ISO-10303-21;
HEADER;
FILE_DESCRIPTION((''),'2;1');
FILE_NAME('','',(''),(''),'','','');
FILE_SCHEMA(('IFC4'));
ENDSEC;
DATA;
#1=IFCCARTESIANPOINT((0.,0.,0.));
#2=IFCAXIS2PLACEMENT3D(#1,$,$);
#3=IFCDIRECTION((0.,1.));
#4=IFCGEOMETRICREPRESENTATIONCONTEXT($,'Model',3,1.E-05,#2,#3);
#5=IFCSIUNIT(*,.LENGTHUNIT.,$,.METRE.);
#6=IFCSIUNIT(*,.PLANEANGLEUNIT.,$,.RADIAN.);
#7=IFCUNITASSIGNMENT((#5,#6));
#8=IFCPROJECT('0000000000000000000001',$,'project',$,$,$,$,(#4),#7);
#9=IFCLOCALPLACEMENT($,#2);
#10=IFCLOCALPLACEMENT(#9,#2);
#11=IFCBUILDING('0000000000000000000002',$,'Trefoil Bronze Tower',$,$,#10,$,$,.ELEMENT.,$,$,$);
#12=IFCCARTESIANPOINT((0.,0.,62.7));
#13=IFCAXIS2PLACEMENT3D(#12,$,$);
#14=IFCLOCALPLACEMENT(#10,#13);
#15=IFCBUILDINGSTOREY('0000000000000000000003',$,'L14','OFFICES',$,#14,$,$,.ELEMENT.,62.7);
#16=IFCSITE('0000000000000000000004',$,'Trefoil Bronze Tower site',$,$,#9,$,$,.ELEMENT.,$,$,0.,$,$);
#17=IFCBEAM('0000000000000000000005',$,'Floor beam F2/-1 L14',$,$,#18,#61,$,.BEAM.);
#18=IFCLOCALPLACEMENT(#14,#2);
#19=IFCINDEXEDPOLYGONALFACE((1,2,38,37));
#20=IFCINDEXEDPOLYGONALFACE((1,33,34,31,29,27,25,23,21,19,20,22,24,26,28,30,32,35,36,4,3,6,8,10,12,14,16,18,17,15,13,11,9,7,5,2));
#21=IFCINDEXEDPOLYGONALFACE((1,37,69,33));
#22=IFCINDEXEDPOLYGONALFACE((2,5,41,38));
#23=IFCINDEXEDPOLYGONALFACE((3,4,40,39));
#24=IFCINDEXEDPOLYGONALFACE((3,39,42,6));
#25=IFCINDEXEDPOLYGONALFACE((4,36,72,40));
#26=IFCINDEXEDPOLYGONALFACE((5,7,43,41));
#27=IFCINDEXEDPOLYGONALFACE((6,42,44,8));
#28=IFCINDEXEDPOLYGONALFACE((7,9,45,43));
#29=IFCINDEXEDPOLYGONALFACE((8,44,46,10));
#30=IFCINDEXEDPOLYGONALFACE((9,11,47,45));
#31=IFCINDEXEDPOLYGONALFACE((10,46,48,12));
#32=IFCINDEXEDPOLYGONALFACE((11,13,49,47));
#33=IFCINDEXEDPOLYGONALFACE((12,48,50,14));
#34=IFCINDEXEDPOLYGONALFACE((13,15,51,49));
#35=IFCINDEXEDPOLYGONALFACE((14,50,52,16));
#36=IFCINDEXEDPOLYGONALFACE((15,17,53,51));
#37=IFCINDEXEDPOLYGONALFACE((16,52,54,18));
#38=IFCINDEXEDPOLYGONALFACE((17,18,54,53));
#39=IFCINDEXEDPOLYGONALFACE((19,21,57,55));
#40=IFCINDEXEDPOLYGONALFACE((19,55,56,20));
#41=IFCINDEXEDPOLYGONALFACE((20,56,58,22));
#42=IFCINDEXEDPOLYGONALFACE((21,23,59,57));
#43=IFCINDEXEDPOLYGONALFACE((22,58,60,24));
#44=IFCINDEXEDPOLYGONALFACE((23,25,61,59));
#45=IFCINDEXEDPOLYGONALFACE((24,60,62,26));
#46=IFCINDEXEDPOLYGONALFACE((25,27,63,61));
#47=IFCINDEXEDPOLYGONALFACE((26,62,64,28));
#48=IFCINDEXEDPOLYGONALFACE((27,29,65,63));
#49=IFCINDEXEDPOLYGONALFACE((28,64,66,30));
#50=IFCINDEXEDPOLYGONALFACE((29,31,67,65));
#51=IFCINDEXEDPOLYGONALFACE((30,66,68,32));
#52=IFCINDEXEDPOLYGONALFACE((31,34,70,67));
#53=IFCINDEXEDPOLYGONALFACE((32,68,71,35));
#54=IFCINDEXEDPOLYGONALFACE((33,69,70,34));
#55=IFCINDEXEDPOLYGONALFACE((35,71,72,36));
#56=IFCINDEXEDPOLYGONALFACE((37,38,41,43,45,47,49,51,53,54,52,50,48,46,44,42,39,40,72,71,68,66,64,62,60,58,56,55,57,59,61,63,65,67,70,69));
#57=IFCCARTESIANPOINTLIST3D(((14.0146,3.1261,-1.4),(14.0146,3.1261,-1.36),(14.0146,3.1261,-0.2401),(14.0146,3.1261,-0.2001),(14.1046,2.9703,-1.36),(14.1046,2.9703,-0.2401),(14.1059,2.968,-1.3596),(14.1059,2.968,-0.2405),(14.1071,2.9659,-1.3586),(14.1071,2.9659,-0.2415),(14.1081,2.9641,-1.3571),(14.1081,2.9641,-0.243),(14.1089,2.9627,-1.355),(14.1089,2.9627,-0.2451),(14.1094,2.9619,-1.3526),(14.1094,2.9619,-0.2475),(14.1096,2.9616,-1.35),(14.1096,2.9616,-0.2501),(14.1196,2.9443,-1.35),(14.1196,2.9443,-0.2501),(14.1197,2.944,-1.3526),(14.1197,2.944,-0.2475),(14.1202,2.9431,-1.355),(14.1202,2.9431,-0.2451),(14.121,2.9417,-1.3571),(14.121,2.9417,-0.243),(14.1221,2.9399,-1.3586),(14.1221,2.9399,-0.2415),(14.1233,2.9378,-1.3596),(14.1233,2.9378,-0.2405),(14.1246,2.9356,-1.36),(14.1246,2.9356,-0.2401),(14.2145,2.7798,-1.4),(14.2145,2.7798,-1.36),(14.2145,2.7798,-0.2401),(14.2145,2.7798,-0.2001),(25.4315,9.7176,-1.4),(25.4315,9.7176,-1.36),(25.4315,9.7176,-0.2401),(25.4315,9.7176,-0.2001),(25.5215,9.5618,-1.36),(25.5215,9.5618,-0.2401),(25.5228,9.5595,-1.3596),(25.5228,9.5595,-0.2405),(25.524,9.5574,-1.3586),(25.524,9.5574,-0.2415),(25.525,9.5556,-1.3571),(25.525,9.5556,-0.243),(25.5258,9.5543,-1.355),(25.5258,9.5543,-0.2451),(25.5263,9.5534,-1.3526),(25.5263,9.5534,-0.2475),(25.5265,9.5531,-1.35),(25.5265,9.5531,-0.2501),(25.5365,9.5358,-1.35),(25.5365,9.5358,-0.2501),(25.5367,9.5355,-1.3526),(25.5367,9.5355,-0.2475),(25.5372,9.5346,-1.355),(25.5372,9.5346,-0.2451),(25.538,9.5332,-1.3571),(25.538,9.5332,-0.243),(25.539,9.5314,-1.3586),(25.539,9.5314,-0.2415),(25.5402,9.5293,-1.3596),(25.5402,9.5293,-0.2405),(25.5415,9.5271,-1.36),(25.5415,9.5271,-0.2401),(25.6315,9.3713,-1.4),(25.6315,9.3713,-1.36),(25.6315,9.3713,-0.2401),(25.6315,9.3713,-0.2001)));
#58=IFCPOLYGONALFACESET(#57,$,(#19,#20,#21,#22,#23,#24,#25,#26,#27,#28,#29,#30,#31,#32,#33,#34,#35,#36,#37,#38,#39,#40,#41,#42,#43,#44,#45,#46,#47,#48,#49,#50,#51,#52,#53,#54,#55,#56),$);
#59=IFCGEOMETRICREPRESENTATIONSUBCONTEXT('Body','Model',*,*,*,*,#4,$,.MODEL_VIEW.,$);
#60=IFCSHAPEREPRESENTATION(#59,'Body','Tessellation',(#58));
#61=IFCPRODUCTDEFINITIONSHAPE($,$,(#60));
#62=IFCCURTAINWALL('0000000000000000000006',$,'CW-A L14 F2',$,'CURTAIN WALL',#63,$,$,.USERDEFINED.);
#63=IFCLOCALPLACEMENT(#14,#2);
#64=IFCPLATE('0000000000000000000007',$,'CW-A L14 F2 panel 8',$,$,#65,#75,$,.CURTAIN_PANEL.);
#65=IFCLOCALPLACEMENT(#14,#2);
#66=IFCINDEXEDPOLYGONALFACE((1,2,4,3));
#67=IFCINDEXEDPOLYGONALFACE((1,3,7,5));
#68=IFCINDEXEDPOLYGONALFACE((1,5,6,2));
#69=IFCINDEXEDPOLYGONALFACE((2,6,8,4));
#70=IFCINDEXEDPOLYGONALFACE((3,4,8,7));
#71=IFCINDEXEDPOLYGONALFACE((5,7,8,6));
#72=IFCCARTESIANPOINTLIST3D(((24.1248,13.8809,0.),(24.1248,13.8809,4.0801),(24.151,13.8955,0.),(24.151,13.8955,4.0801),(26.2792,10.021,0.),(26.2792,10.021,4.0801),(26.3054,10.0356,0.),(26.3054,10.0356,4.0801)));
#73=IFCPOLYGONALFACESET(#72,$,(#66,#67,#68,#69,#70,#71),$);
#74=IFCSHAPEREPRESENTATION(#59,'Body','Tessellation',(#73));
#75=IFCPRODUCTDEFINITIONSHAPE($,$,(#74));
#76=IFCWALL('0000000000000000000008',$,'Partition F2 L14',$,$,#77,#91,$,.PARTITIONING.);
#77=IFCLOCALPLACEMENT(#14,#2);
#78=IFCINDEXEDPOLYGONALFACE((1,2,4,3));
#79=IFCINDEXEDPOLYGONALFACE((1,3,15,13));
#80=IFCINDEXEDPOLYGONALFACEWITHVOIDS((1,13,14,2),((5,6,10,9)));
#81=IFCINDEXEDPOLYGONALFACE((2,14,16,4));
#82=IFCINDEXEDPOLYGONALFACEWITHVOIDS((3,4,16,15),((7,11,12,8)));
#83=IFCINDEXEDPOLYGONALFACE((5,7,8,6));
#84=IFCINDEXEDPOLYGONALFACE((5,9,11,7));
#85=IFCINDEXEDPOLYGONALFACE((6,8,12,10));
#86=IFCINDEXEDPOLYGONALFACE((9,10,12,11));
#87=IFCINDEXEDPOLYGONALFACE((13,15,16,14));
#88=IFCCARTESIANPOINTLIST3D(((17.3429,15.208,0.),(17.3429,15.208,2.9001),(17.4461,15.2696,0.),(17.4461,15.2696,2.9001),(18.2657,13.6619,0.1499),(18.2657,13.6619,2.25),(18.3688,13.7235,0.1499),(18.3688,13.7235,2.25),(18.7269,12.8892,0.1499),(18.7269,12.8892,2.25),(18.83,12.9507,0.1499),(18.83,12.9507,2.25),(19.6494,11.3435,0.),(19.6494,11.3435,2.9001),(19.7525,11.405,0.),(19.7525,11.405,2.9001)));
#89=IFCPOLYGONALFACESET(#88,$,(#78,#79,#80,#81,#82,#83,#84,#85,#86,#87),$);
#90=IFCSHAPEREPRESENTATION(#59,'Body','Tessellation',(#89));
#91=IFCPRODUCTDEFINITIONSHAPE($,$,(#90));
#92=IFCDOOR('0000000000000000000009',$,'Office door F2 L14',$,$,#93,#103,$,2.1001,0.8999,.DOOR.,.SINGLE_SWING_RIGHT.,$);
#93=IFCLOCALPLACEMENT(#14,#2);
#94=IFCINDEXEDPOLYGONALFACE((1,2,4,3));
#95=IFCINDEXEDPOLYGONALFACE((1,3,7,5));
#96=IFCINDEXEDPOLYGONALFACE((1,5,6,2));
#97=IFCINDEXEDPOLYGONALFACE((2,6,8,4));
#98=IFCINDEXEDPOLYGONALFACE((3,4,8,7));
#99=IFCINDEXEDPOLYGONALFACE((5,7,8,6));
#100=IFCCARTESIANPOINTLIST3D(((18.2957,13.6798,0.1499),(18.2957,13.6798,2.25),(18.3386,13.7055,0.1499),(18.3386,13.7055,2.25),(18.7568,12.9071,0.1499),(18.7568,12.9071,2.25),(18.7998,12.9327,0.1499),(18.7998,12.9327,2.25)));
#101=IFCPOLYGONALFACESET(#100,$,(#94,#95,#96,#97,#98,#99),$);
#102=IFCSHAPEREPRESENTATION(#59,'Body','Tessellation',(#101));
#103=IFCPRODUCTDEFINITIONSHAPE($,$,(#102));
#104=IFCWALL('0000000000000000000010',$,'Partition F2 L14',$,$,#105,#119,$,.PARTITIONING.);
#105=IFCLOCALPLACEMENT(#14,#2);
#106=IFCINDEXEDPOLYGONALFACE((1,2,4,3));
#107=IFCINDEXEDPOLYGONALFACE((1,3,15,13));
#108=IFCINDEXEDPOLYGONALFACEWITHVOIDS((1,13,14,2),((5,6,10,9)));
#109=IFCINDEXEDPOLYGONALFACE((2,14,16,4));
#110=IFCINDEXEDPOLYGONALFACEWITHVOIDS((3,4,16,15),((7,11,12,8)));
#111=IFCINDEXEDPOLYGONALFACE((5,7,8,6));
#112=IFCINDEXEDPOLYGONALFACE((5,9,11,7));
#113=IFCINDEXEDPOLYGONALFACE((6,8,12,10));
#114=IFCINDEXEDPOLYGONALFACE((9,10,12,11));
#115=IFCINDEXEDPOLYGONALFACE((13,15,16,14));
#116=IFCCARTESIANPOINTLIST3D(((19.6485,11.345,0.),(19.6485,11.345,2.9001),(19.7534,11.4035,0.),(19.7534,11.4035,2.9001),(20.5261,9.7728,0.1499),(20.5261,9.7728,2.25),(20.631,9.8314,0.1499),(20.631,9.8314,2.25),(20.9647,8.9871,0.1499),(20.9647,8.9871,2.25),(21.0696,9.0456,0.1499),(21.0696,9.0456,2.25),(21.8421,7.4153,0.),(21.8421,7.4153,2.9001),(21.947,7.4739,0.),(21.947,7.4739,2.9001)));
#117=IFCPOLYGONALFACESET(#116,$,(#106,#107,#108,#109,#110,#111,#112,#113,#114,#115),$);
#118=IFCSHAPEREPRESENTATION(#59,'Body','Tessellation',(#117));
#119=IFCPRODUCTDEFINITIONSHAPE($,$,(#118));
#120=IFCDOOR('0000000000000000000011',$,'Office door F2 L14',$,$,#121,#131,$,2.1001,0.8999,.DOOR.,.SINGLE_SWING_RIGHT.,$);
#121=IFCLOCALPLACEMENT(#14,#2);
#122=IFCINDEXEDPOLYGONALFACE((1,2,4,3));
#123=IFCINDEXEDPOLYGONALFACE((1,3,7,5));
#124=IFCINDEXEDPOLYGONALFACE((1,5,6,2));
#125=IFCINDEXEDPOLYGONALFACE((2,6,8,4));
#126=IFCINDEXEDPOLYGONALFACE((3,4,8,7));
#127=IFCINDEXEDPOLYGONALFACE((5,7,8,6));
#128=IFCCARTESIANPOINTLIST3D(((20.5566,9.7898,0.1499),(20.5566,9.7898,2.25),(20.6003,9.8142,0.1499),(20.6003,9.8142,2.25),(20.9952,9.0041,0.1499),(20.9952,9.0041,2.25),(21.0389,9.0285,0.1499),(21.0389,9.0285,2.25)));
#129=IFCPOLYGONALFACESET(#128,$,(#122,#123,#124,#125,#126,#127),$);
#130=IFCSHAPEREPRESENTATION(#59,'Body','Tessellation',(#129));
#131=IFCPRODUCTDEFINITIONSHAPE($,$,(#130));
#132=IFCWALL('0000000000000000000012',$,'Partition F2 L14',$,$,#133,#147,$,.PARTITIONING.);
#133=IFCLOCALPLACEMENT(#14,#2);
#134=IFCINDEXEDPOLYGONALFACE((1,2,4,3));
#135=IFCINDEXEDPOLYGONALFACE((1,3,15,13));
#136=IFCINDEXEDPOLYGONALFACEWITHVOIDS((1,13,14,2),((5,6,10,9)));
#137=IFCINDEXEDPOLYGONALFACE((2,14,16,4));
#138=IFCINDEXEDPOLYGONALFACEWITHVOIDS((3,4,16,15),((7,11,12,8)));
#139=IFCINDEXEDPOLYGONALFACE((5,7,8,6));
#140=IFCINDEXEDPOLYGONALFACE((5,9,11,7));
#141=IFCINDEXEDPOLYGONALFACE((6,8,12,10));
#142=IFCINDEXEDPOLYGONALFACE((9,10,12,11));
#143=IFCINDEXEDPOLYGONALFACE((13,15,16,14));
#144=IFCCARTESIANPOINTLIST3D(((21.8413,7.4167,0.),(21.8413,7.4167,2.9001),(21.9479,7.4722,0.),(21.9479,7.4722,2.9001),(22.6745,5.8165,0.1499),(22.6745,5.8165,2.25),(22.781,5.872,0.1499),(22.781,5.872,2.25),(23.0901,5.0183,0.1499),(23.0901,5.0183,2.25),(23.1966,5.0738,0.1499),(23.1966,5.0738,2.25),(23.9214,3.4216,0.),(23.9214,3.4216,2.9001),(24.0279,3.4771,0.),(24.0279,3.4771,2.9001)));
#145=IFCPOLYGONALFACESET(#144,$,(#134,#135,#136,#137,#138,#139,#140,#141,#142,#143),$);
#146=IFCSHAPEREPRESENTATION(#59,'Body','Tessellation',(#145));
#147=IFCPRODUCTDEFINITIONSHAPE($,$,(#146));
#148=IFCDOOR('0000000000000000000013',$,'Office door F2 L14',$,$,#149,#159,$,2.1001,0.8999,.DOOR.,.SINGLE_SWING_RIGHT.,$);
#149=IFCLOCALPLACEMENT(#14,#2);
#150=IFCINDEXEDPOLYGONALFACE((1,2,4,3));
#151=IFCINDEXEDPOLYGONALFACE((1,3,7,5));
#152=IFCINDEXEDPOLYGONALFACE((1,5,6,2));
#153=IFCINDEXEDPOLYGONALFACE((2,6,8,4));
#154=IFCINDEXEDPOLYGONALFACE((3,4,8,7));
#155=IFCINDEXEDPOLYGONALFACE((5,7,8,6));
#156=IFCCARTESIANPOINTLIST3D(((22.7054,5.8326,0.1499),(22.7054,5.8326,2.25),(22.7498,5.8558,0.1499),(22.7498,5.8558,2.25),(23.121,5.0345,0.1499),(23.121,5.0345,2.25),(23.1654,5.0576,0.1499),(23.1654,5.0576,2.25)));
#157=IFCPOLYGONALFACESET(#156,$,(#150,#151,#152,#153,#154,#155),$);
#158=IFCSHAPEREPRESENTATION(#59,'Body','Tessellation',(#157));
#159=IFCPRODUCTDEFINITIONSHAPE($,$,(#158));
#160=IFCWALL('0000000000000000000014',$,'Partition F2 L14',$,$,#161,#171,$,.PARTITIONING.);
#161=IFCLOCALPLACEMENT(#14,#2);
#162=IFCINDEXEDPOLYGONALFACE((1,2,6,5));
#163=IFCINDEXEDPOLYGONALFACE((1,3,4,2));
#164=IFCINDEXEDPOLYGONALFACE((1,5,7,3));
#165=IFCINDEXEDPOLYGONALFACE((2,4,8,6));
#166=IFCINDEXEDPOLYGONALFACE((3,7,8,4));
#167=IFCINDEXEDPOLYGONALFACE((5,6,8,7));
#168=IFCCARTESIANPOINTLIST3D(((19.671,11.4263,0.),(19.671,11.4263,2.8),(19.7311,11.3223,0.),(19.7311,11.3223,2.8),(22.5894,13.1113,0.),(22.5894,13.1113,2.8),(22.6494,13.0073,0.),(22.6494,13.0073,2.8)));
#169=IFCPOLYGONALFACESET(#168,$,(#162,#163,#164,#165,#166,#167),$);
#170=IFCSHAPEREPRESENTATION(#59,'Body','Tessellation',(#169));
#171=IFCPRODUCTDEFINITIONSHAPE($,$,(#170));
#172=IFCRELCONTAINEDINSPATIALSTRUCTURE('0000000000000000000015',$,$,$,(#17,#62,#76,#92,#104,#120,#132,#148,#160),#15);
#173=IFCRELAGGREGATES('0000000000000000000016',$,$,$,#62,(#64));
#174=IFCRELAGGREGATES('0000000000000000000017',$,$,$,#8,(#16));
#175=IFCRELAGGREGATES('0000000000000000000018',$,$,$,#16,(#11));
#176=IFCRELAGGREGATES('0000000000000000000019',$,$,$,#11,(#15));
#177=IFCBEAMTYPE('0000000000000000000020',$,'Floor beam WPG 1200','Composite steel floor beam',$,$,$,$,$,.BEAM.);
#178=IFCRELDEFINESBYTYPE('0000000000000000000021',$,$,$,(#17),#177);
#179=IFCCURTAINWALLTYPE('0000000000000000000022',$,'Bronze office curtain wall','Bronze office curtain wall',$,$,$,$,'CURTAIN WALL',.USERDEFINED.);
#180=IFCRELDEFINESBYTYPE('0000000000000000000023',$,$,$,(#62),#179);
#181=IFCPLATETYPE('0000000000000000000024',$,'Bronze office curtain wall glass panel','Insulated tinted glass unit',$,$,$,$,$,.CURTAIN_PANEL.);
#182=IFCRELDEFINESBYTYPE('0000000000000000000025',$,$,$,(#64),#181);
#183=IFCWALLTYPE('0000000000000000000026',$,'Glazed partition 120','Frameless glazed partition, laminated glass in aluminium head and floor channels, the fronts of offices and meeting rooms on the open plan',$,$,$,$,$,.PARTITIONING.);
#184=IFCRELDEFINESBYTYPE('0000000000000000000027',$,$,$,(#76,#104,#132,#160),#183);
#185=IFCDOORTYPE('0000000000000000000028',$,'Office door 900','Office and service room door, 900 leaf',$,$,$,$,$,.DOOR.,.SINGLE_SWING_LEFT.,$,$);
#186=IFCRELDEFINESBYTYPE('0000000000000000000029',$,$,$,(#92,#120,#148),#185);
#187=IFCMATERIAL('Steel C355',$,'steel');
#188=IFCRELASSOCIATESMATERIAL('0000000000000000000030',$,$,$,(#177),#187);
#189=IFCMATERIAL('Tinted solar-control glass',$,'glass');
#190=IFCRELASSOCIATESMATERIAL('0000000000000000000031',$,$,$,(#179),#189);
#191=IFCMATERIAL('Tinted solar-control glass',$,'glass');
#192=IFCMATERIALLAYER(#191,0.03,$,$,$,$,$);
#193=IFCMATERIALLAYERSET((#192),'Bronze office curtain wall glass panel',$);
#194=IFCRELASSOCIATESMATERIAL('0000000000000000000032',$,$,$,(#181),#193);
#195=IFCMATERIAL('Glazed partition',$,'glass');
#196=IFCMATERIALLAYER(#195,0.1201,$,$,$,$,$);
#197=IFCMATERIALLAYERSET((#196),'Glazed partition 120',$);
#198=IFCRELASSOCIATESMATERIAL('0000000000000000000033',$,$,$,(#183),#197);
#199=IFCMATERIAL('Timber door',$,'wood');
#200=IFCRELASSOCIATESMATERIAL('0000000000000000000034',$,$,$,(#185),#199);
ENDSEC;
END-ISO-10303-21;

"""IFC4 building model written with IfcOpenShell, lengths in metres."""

from ifc_helpers import new_model, si_unit, direction, frame, frame_2d, origin, origin_2d, place, context, subcontext, project, spatial, rectangle, i_section, extrude, material, layer, layer_set, material_profile, profile_set, type_object, element, fill, aggregate, save


model = new_model("IFC4")

# Units and contexts
model_context = context("Model", 3, precision=1e-05, world=origin(), true_north=direction((0.0, 1.0)))
body_context = subcontext(model_context, "Body", "Model", "MODEL_VIEW")
ifc_project = project(units=[si_unit("LENGTHUNIT", "METRE"), si_unit("PLANEANGLEUNIT", "RADIAN")], contexts=[model_context])

# Site, building, storey
site_placement = place(None, origin())
site = spatial("IfcSite", under=ifc_project, at=site_placement, Name="Trefoil Bronze Tower site", CompositionType="ELEMENT", RefElevation=0.0)
building_placement = place(site_placement, origin())
building = spatial("IfcBuilding", under=site, at=building_placement, Name="Trefoil Bronze Tower", CompositionType="ELEMENT")
storey_placement = place(building_placement, frame((0.0, 0.0, 62.7)))
storey = spatial("IfcBuildingStorey", under=building, at=storey_placement, Name="L14", Description="OFFICES", CompositionType="ELEMENT", Elevation=62.7)

# Beam
ifc_material_1 = material(Name="Steel C355", Category="steel")
ifc_material_profile_1 = material_profile(ifc_material_1, i_section(OverallWidth=0.3999, OverallDepth=1.2, WebThickness=0.02, FlangeThickness=0.04, FilletRadius=0.01, at=origin_2d()), Name="WPG 1200")
ifc_profile_set_1 = profile_set([ifc_material_profile_1], Name="Steel C355")
beam_type_1 = type_object("IfcBeamType", Name="Floor beam WPG 1200", Description="Composite steel floor beam", PredefinedType="BEAM", material=ifc_profile_set_1)
beam_placement = place(storey_placement, frame((25.5315, 9.5444, -0.8), z_axis=(-0.866027, -0.499997, 0.0), x_axis=(0.499997, -0.866027, 0.0)))
element("IfcBeam", 1, at=beam_placement, inside=storey, type_object=beam_type_1, Name="Floor beam F2/-1 L14", PredefinedType="BEAM", context=body_context, shape_type="SweptSolid", body=[
    extrude(i_section(OverallWidth=0.3999, OverallDepth=1.2, WebThickness=0.02, FlangeThickness=0.04, FilletRadius=0.01, at=origin_2d()), origin(), (0.0, 0.0, 1.0), 13.1831),
])

# Curtain wall, plate
ifc_material_2 = material(Name="Tinted solar-control glass", Category="glass")
curtain_wall_type = type_object("IfcCurtainWallType", Name="Bronze office curtain wall", Description="Bronze office curtain wall", ElementType="CURTAIN WALL", PredefinedType="USERDEFINED", material=ifc_material_2)
curtain_wall_placement = place(storey_placement, origin())
curtain_wall = element("IfcCurtainWall", 2, at=curtain_wall_placement, inside=storey, type_object=curtain_wall_type, Name="CW-A L14 F2", ObjectType="CURTAIN WALL", PredefinedType="USERDEFINED")
ifc_material_3 = material(Name="Tinted solar-control glass", Category="glass")
ifc_layer_1 = layer(ifc_material_3, 0.03)
ifc_layer_set_1 = layer_set([ifc_layer_1], Name="Bronze office curtain wall glass panel")
plate_type = type_object("IfcPlateType", Name="Bronze office curtain wall glass panel", Description="Insulated tinted glass unit", PredefinedType="CURTAIN_PANEL", material=ifc_layer_set_1)
plate_placement = place(storey_placement, frame((25.2151, 11.9583, 0.0), z_axis=(0.0, 0.0, 1.0), x_axis=(-0.487382, 0.873189, 0.0)))
plate = element("IfcPlate", 3, at=plate_placement, type_object=plate_type, Name="CW-A L14 F2 panel 8", PredefinedType="CURTAIN_PANEL", context=body_context, shape_type="SweptSolid", body=[
    extrude(rectangle(XDim=4.4204, YDim=0.03, at=origin_2d()), origin(), (0.0, 0.0, 1.0), 4.0801),
])
aggregate(curtain_wall, [plate])

# Walls, openings, doors
ifc_material_4 = material(Name="Glazed partition", Category="glass")
ifc_layer_2 = layer(ifc_material_4, 0.1201)
ifc_layer_set_2 = layer_set([ifc_layer_2], Name="Glazed partition 120")
wall_type_1 = type_object("IfcWallType", Name="Glazed partition 120", Description="Frameless glazed partition, laminated glass in aluminium head and floor channels, the fronts of offices and meeting rooms on the open plan", PredefinedType="PARTITIONING", material=ifc_layer_set_2)
wall_1_placement = place(storey_placement, frame((19.7009, 11.3743, 0.0), z_axis=(0.0, 0.0, 1.0), x_axis=(-0.512484, 0.858697, 0.0)))
wall_1 = element("IfcWall", 4, at=wall_1_placement, inside=storey, type_object=wall_type_1, Name="Partition F2 L14", PredefinedType="PARTITIONING", context=body_context, shape_type="SweptSolid", body=[
    extrude(rectangle(XDim=4.5005, YDim=0.1201, at=frame_2d((2.2502, 0.0))), origin(), (0.0, 0.0, 1.0), 2.9001),
])
opening_1_placement = place(wall_1_placement, frame((1.8, 0.0, 0.1499)))
opening_1 = element("IfcOpeningElement", 5, at=opening_1_placement, cuts=wall_1, PredefinedType="OPENING", context=body_context, shape_type="SweptSolid", body=[
    extrude(rectangle(XDim=0.8999, YDim=2.1001, at=frame_2d((0.45, 1.05))), frame((0.0, 0.0701, 0.0), z_axis=(0.0, -1.0, 0.0), x_axis=(1.0, 0.0, 0.0)), (0.0, 0.0, 1.0), 0.1401),
])
ifc_material_5 = material(Name="Timber door", Category="wood")
door_type = type_object("IfcDoorType", Name="Office door 900", Description="Office and service room door, 900 leaf", OperationType="SINGLE_SWING_LEFT", PredefinedType="DOOR", material=ifc_material_5)
door_1_placement = place(opening_1_placement, frame((0.8999, 0.0, 0.0), z_axis=(0.0, 0.0, 1.0), x_axis=(-1.0, 0.0, 0.0)))
door_1 = element("IfcDoor", 6, at=door_1_placement, inside=storey, type_object=door_type, Name="Office door F2 L14", OperationType="SINGLE_SWING_RIGHT", OverallHeight=2.1001, OverallWidth=0.8999, PredefinedType="DOOR", context=body_context, shape_type="SweptSolid", body=[
    extrude(rectangle(XDim=0.8999, YDim=2.1001, at=frame_2d((0.45, 1.05))), frame((0.0, 0.0249, 0.0), z_axis=(0.0, -1.0, 0.0), x_axis=(1.0, 0.0, 0.0)), (0.0, 0.0, 1.0), 0.05),
])
fill(opening_1, door_1)
wall_2_placement = place(storey_placement, frame((21.8945, 7.4446, 0.0), z_axis=(0.0, 0.0, 1.0), x_axis=(-0.487415, 0.87317, 0.0)))
wall_2 = element("IfcWall", 7, at=wall_2_placement, inside=storey, type_object=wall_type_1, Name="Partition F2 L14", PredefinedType="PARTITIONING", context=body_context, shape_type="SweptSolid", body=[
    extrude(rectangle(XDim=4.5005, YDim=0.1201, at=frame_2d((2.2502, 0.0))), origin(), (0.0, 0.0, 1.0), 2.9001),
])
opening_2_placement = place(wall_2_placement, frame((1.8, 0.0, 0.1499)))
opening_2 = element("IfcOpeningElement", 8, at=opening_2_placement, cuts=wall_2, PredefinedType="OPENING", context=body_context, shape_type="SweptSolid", body=[
    extrude(rectangle(XDim=0.8999, YDim=2.1001, at=frame_2d((0.45, 1.05))), frame((0.0, 0.0701, 0.0), z_axis=(0.0, -1.0, 0.0), x_axis=(1.0, 0.0, 0.0)), (0.0, 0.0, 1.0), 0.1401),
])
door_2_placement = place(opening_2_placement, frame((0.8999, 0.0, 0.0), z_axis=(0.0, 0.0, 1.0), x_axis=(-1.0, 0.0, 0.0)))
door_2 = element("IfcDoor", 9, at=door_2_placement, inside=storey, type_object=door_type, Name="Office door F2 L14", OperationType="SINGLE_SWING_RIGHT", OverallHeight=2.1001, OverallWidth=0.8999, PredefinedType="DOOR", context=body_context, shape_type="SweptSolid", body=[
    extrude(rectangle(XDim=0.8999, YDim=2.1001, at=frame_2d((0.45, 1.05))), frame((0.0, 0.0249, 0.0), z_axis=(0.0, -1.0, 0.0), x_axis=(1.0, 0.0, 0.0)), (0.0, 0.0, 1.0), 0.05),
])
fill(opening_2, door_2)
wall_3_placement = place(storey_placement, frame((23.9746, 3.4495, 0.0), z_axis=(0.0, 0.0, 1.0), x_axis=(-0.46181, 0.886979, 0.0)))
wall_3 = element("IfcWall", 10, at=wall_3_placement, inside=storey, type_object=wall_type_1, Name="Partition F2 L14", PredefinedType="PARTITIONING", context=body_context, shape_type="SweptSolid", body=[
    extrude(rectangle(XDim=4.5042, YDim=0.1201, at=frame_2d((2.252, 0.0))), origin(), (0.0, 0.0, 1.0), 2.9001),
])
opening_3_placement = place(wall_3_placement, frame((1.8, 0.0, 0.1499)))
opening_3 = element("IfcOpeningElement", 11, at=opening_3_placement, cuts=wall_3, PredefinedType="OPENING", context=body_context, shape_type="SweptSolid", body=[
    extrude(rectangle(XDim=0.8999, YDim=2.1001, at=frame_2d((0.45, 1.05))), frame((0.0, 0.0701, 0.0), z_axis=(0.0, -1.0, 0.0), x_axis=(1.0, 0.0, 0.0)), (0.0, 0.0, 1.0), 0.1401),
])
door_3_placement = place(opening_3_placement, frame((0.8999, 0.0, 0.0), z_axis=(0.0, 0.0, 1.0), x_axis=(-1.0, 0.0, 0.0)))
door_3 = element("IfcDoor", 12, at=door_3_placement, inside=storey, type_object=door_type, Name="Office door F2 L14", OperationType="SINGLE_SWING_RIGHT", OverallHeight=2.1001, OverallWidth=0.8999, PredefinedType="DOOR", context=body_context, shape_type="SweptSolid", body=[
    extrude(rectangle(XDim=0.8999, YDim=2.1001, at=frame_2d((0.45, 1.05))), frame((0.0, 0.0249, 0.0), z_axis=(0.0, -1.0, 0.0), x_axis=(1.0, 0.0, 0.0)), (0.0, 0.0, 1.0), 0.05),
])
fill(opening_3, door_3)

# Wall
wall_4_placement = place(storey_placement, frame((19.7009, 11.3743, 0.0), z_axis=(0.0, 0.0, 1.0), x_axis=(0.866014, 0.500019, 0.0)))
element("IfcWall", 13, at=wall_4_placement, inside=storey, type_object=wall_type_1, Name="Partition F2 L14", PredefinedType="PARTITIONING", context=body_context, shape_type="SweptSolid", body=[
    extrude(rectangle(XDim=3.3699, YDim=0.1201, at=frame_2d((1.6851, 0.0))), origin(), (0.0, 0.0, 1.0), 2.8),
])

save(model, "model.ifc")
